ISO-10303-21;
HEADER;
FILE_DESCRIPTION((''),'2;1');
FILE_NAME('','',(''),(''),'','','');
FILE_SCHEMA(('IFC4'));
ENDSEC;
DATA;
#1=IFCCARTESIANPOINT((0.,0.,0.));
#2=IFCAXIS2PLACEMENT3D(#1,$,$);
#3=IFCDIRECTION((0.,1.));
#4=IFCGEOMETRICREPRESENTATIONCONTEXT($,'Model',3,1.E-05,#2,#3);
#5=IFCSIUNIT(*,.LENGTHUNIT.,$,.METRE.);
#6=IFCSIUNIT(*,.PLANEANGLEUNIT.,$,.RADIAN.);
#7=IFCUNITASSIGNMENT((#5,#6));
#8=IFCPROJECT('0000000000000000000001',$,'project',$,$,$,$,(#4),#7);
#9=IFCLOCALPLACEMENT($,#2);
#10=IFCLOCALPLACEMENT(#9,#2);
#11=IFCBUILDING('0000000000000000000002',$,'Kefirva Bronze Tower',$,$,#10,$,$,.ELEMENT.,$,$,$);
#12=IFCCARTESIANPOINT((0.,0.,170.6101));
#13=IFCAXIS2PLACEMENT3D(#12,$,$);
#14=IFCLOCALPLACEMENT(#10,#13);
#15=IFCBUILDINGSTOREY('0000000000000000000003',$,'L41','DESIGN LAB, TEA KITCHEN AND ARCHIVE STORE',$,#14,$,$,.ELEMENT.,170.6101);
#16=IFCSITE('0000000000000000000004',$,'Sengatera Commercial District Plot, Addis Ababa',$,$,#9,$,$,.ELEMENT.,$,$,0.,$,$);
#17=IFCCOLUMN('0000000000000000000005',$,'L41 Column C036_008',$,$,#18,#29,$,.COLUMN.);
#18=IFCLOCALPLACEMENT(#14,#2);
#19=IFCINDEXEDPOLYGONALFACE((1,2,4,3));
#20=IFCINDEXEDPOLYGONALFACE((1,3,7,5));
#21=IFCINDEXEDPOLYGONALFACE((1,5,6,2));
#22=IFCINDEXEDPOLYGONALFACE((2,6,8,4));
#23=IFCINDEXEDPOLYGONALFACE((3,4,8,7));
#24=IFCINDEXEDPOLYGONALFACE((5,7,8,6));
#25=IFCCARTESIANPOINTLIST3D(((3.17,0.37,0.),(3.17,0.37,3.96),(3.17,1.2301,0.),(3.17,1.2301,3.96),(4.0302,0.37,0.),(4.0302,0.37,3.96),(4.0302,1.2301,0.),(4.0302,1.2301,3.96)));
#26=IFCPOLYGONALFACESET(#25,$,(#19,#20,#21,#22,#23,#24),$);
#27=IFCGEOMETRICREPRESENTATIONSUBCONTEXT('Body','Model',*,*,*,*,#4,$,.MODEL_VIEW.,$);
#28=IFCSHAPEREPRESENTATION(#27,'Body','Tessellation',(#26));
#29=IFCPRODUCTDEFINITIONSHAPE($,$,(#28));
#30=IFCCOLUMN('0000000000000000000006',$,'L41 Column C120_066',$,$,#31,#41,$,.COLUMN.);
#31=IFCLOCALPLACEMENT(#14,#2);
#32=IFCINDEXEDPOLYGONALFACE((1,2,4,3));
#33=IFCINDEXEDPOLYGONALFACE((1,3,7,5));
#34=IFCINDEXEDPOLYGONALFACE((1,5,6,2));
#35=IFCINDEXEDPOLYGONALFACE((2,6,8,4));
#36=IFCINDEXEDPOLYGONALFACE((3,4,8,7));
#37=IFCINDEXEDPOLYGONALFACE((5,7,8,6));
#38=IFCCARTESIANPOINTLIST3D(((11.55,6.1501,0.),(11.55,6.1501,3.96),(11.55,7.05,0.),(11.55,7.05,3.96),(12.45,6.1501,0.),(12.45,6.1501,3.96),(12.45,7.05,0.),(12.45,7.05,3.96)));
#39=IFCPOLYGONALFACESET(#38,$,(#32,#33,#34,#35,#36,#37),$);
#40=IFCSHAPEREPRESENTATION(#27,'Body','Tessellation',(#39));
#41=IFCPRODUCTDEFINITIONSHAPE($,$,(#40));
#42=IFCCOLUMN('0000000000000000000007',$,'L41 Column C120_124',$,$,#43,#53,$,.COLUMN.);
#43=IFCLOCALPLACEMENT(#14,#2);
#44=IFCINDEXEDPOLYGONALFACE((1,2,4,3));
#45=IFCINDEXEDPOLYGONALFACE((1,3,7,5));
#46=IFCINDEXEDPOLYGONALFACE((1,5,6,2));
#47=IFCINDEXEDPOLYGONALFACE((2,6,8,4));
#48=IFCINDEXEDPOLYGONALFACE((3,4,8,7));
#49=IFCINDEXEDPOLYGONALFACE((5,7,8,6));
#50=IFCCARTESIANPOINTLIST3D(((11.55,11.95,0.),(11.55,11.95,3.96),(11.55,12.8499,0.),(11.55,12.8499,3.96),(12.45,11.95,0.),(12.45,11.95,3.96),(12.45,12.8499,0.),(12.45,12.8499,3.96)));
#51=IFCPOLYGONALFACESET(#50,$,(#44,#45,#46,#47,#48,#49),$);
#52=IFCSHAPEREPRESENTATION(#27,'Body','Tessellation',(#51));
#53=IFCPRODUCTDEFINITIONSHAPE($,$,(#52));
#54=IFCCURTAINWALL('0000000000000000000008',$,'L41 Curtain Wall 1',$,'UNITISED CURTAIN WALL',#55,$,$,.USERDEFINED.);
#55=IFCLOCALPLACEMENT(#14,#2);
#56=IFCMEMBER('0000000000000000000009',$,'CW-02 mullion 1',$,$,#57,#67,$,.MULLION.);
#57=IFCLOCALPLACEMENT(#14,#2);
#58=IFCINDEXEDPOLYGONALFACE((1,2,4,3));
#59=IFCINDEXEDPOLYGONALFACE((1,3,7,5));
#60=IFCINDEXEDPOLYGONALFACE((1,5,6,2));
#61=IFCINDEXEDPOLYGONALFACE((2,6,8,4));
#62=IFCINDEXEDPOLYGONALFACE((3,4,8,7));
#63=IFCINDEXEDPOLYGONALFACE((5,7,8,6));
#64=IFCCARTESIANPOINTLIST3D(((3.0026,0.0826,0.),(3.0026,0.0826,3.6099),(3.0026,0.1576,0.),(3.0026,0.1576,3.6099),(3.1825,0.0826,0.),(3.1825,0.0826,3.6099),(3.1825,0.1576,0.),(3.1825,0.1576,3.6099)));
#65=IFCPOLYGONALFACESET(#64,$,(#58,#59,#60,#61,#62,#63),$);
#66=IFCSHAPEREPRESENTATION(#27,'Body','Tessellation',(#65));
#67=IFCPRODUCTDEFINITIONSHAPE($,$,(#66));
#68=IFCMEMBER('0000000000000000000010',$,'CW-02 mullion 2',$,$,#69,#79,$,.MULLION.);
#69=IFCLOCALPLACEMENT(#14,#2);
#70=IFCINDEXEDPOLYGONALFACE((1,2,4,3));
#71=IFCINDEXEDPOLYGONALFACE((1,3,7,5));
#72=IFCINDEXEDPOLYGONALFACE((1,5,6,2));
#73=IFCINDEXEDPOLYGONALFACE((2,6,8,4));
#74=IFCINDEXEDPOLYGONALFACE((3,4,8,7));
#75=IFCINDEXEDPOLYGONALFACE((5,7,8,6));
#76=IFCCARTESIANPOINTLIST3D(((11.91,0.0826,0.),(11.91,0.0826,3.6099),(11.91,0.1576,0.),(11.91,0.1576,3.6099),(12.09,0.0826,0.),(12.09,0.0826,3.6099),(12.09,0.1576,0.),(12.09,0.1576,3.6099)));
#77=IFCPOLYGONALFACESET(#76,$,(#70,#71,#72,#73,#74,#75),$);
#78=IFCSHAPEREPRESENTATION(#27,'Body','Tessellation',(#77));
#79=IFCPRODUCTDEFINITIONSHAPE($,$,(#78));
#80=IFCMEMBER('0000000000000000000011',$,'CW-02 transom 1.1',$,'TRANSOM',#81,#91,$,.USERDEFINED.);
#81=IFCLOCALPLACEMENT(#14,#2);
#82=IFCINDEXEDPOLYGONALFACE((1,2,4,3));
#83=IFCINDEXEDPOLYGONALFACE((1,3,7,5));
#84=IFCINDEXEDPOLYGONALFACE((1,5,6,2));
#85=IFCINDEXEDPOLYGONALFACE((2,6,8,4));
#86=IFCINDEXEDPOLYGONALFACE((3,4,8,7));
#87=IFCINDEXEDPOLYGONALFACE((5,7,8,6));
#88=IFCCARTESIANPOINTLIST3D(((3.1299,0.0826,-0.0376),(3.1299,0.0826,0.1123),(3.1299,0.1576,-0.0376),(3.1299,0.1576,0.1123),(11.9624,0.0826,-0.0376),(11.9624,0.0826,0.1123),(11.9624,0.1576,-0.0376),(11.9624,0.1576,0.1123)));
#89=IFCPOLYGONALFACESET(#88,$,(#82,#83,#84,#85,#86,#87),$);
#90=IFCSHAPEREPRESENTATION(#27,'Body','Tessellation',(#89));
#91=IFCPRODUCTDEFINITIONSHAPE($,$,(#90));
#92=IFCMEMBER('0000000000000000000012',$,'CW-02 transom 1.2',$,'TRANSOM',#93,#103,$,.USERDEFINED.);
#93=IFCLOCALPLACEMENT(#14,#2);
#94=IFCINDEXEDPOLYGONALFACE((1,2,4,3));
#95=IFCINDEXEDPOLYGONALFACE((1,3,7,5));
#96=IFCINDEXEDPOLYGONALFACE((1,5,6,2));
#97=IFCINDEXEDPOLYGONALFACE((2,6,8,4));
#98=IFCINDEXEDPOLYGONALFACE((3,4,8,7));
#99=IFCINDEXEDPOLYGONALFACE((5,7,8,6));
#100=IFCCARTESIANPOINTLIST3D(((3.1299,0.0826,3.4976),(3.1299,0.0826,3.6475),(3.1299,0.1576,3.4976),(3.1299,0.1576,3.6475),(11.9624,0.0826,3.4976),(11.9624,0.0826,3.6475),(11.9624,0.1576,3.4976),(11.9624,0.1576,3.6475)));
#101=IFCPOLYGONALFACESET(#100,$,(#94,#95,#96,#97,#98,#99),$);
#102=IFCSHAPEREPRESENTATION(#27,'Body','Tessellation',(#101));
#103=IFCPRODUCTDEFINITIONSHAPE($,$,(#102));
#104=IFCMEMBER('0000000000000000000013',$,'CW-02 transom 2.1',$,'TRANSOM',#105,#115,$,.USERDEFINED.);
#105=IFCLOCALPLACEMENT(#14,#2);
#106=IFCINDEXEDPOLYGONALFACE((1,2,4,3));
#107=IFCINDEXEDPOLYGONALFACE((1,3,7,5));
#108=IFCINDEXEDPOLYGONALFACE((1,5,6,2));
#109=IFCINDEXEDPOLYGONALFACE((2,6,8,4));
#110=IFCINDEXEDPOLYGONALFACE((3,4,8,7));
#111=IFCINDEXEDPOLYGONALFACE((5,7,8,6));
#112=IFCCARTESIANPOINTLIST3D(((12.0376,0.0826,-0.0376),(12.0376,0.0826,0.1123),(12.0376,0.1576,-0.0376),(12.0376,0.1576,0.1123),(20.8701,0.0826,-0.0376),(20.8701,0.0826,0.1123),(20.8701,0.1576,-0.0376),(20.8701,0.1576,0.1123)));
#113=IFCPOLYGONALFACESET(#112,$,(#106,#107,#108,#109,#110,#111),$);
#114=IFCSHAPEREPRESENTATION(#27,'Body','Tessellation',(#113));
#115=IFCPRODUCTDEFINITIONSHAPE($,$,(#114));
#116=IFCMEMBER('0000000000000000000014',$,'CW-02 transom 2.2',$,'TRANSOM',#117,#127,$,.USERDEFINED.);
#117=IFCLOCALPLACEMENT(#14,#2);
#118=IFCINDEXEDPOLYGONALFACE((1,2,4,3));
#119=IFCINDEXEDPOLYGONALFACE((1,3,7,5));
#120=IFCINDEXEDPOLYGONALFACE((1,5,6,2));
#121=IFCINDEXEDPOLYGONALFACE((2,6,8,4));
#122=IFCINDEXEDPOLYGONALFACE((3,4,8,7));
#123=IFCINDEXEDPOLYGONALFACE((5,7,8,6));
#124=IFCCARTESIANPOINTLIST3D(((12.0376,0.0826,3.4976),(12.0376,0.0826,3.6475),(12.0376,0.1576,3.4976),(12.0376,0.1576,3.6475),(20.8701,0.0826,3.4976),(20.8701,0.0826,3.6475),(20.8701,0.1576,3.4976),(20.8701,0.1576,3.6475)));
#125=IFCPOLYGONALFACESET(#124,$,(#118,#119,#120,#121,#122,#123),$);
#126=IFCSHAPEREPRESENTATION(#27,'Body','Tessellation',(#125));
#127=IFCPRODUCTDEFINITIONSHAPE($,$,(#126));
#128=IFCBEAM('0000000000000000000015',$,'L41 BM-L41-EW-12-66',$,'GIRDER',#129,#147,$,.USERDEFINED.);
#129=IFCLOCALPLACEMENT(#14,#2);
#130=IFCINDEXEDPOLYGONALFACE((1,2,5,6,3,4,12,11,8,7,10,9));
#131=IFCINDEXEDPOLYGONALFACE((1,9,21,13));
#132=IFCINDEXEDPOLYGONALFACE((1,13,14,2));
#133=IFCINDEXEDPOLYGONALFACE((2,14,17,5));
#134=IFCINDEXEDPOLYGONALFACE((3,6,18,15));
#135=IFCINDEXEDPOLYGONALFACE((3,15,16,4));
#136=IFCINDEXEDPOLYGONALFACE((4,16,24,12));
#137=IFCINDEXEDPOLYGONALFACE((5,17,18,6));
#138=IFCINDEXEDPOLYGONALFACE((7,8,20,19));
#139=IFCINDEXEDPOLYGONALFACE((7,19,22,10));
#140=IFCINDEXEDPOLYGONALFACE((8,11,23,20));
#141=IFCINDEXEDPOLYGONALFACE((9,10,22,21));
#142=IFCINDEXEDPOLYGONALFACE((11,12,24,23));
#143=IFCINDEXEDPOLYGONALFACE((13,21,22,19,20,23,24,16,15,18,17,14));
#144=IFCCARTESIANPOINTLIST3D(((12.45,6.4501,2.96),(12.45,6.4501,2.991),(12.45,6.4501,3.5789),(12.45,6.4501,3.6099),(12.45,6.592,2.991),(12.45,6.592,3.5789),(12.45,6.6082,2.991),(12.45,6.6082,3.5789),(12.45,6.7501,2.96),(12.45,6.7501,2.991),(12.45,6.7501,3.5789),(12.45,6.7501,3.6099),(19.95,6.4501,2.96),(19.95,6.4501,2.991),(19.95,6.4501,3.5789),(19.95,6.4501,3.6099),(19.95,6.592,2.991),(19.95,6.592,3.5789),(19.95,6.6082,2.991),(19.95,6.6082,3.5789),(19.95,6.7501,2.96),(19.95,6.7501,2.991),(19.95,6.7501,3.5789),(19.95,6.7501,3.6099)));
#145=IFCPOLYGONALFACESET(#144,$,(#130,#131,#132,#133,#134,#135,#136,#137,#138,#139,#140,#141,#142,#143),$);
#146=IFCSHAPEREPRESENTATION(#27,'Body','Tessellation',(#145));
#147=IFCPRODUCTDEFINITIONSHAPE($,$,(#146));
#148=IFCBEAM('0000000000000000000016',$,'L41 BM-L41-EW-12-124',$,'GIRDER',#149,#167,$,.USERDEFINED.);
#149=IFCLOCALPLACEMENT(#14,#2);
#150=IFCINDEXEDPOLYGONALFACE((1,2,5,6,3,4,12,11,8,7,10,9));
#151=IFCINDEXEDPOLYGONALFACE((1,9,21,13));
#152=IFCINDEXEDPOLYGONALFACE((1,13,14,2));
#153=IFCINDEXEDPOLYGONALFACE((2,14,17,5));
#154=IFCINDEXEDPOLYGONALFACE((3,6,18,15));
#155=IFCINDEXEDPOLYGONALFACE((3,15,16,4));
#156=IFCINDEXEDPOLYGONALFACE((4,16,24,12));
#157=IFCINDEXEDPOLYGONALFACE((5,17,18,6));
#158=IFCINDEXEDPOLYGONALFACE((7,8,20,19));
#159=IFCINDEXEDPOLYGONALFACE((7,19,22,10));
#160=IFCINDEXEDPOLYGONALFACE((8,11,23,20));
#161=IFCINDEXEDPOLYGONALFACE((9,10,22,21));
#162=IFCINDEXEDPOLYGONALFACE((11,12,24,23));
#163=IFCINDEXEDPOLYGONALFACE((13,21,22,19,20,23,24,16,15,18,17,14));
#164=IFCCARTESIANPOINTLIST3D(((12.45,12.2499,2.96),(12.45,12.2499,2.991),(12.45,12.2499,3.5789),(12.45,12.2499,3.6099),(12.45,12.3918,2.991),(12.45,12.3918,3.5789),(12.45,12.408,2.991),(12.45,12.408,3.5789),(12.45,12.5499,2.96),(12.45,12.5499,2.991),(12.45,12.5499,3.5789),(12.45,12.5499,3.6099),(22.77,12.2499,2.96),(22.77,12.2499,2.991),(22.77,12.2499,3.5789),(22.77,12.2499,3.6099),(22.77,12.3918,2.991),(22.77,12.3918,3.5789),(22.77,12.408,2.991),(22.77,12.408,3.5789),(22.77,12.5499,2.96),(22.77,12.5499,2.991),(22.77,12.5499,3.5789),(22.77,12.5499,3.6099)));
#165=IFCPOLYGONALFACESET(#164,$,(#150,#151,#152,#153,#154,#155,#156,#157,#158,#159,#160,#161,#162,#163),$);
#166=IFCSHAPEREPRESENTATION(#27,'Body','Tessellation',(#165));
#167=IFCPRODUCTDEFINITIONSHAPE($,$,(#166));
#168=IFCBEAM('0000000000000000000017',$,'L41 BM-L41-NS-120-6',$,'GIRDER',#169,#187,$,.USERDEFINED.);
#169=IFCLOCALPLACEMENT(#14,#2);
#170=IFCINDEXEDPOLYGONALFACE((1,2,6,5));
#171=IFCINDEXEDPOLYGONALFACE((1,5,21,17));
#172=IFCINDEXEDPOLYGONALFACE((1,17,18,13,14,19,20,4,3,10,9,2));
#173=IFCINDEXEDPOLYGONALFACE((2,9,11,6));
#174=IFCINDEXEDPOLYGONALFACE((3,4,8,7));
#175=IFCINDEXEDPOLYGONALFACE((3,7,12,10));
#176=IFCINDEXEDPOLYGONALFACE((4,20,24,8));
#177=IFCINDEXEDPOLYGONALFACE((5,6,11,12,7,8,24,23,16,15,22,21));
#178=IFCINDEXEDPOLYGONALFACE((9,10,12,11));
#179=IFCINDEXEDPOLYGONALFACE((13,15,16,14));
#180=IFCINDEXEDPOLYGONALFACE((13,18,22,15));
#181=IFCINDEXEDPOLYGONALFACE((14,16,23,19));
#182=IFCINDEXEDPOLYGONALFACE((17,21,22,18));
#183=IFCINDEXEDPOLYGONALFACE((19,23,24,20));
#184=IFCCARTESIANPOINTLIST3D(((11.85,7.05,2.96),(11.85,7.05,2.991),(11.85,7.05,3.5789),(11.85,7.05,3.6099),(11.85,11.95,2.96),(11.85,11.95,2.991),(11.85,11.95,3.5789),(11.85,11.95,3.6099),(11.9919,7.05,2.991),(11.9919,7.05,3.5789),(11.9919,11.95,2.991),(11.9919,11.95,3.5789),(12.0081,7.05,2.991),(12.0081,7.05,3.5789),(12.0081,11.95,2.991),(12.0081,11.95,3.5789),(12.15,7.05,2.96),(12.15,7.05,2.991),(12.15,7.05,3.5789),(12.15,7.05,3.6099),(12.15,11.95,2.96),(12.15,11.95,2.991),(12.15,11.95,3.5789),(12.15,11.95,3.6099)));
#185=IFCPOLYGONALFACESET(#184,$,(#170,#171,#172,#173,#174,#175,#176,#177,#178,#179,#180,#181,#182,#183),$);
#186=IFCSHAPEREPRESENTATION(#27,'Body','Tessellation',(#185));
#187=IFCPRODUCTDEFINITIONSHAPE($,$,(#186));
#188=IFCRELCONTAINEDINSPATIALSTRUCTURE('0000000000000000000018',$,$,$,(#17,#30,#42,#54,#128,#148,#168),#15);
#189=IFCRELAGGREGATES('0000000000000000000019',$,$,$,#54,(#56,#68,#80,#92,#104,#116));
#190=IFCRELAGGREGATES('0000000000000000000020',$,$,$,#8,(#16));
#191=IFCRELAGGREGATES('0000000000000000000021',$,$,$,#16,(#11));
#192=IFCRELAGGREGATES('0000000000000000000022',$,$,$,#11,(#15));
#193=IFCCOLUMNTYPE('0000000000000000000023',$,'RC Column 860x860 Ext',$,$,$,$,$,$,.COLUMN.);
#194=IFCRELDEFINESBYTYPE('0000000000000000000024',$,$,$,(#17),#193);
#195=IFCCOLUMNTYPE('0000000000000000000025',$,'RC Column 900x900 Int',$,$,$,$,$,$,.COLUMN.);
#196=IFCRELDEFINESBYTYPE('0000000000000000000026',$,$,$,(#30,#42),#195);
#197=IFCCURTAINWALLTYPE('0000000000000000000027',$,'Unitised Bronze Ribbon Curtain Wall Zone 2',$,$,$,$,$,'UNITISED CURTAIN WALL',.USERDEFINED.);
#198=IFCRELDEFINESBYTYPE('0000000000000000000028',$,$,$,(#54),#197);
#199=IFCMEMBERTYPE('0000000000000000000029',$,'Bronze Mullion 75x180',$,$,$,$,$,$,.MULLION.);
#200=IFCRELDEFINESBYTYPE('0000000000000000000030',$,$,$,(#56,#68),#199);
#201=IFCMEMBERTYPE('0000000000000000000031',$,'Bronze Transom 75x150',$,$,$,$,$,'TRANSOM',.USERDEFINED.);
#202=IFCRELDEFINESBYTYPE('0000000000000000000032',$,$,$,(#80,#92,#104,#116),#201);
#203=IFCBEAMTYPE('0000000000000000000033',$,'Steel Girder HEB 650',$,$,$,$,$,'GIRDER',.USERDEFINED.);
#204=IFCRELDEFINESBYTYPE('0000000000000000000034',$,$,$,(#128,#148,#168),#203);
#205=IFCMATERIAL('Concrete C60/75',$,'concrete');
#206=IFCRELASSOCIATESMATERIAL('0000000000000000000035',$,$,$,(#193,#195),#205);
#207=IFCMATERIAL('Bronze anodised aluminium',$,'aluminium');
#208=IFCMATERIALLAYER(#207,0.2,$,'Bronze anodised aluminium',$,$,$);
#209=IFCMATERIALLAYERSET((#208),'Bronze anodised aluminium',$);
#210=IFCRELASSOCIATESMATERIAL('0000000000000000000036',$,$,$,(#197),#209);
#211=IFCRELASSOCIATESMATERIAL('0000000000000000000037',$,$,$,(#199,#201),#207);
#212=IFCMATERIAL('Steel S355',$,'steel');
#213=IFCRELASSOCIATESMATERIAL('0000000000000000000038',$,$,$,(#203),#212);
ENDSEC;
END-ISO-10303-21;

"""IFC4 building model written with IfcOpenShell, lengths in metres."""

from ifc_helpers import new_model, si_unit, direction, frame, origin, origin_2d, place, context, subcontext, project, spatial, rectangle, i_section, extrude, material, layer, layer_set, material_profile, profile_set, type_object, element, aggregate, save


model = new_model("IFC4")

# Units and contexts
model_context = context("Model", 3, precision=1e-05, world=origin(), true_north=direction((0.0, 1.0)))
body_context = subcontext(model_context, "Body", "Model", "MODEL_VIEW")
ifc_project = project(units=[si_unit("LENGTHUNIT", "METRE"), si_unit("PLANEANGLEUNIT", "RADIAN")], contexts=[model_context])

# Site, building, storey
site_placement = place(None, origin())
site = spatial("IfcSite", under=ifc_project, at=site_placement, Name="Sengatera Commercial District Plot, Addis Ababa", CompositionType="ELEMENT", RefElevation=0.0)
building_placement = place(site_placement, origin())
building = spatial("IfcBuilding", under=site, at=building_placement, Name="Kefirva Bronze Tower", CompositionType="ELEMENT")
storey_placement = place(building_placement, frame((0.0, 0.0, 170.6101)))
storey = spatial("IfcBuildingStorey", under=building, at=storey_placement, Name="L41", Description="DESIGN LAB, TEA KITCHEN AND ARCHIVE STORE", CompositionType="ELEMENT", Elevation=170.6101)

# Columns
ifc_material_1 = material(Name="Concrete C60/75", Category="concrete")
ifc_material_profile_1 = material_profile(ifc_material_1, rectangle(XDim=0.8601, YDim=0.8601, at=origin_2d()), Name="RC 860x860")
ifc_profile_set_1 = profile_set([ifc_material_profile_1], Name="Concrete C60/75")
column_type_1 = type_object("IfcColumnType", Name="RC Column 860x860 Ext", PredefinedType="COLUMN", material=ifc_profile_set_1)
column_placement = place(storey_placement, frame((3.6001, 0.8, 0.0), z_axis=(0.0, 0.0, 1.0), x_axis=(1.0, 0.0, 0.0)))
element("IfcColumn", 1, at=column_placement, inside=storey, type_object=column_type_1, Name="L41 Column C036_008", PredefinedType="COLUMN", context=body_context, shape_type="SweptSolid", body=[
    extrude(rectangle(XDim=0.8601, YDim=0.8601, at=origin_2d()), origin(), (0.0, 0.0, 1.0), 3.96),
])
ifc_material_profile_2 = material_profile(ifc_material_1, rectangle(XDim=0.8999, YDim=0.8999, at=origin_2d()), Name="RC 900x900")
ifc_profile_set_2 = profile_set([ifc_material_profile_2], Name="Concrete C60/75")
column_type_2 = type_object("IfcColumnType", Name="RC Column 900x900 Int", PredefinedType="COLUMN", material=ifc_profile_set_2)
for number, where, z_axis, x_axis, name in (
    (2, (12.0, 6.6001, 0.0), (0.0, 0.0, 1.0), (1.0, 0.0, 0.0), "L41 Column C120_066"),
    (3, (12.0, 12.3999, 0.0), (0.0, 0.0, 1.0), (1.0, 0.0, 0.0), "L41 Column C120_124"),
):
    element("IfcColumn", number, at=place(storey_placement, frame(where, z_axis=z_axis, x_axis=x_axis)), inside=storey, type_object=column_type_2, Name=name, PredefinedType="COLUMN", context=body_context, shape_type="SweptSolid", body=[
        extrude(rectangle(XDim=0.8999, YDim=0.8999, at=origin_2d()), origin(), (0.0, 0.0, 1.0), 3.96),
    ])

# Curtain wall, members
ifc_material_2 = material(Name="Bronze anodised aluminium", Category="aluminium")
ifc_layer_1 = layer(ifc_material_2, 0.2, Name="Bronze anodised aluminium")
ifc_layer_set_1 = layer_set([ifc_layer_1], Name="Bronze anodised aluminium")
curtain_wall_type = type_object("IfcCurtainWallType", Name="Unitised Bronze Ribbon Curtain Wall Zone 2", ElementType="UNITISED CURTAIN WALL", PredefinedType="USERDEFINED", material=ifc_layer_set_1)
curtain_wall_placement = place(storey_placement, origin())
curtain_wall = element("IfcCurtainWall", 4, at=curtain_wall_placement, inside=storey, type_object=curtain_wall_type, Name="L41 Curtain Wall 1", ObjectType="UNITISED CURTAIN WALL", PredefinedType="USERDEFINED")
ifc_material_profile_3 = material_profile(ifc_material_2, rectangle(XDim=0.075, YDim=0.1799, at=origin_2d()), Name="ALU 75x180")
ifc_profile_set_3 = profile_set([ifc_material_profile_3], Name="Bronze anodised aluminium")
member_type_1 = type_object("IfcMemberType", Name="Bronze Mullion 75x180", PredefinedType="MULLION", material=ifc_profile_set_3)
member_1_placement = place(storey_placement, frame((3.0925, 0.1201, 0.0), z_axis=(0.0, 0.0, 1.0), x_axis=(0.0, 1.0, 0.0)))
member_1 = element("IfcMember", 5, at=member_1_placement, type_object=member_type_1, Name="CW-02 mullion 1", PredefinedType="MULLION", context=body_context, shape_type="SweptSolid", body=[
    extrude(rectangle(XDim=0.075, YDim=0.1799, at=origin_2d()), origin(), (0.0, 0.0, 1.0), 3.6099),
])
member_2_placement = place(storey_placement, frame((12.0, 0.1201, 0.0), z_axis=(0.0, 0.0, 1.0), x_axis=(0.0, 1.0, 0.0)))
member_2 = element("IfcMember", 6, at=member_2_placement, type_object=member_type_1, Name="CW-02 mullion 2", PredefinedType="MULLION", context=body_context, shape_type="SweptSolid", body=[
    extrude(rectangle(XDim=0.075, YDim=0.1799, at=origin_2d()), origin(), (0.0, 0.0, 1.0), 3.6099),
])
ifc_material_profile_4 = material_profile(ifc_material_2, rectangle(XDim=0.075, YDim=0.1499, at=origin_2d()), Name="ALU 75x150")
ifc_profile_set_4 = profile_set([ifc_material_profile_4], Name="Bronze anodised aluminium")
member_type_2 = type_object("IfcMemberType", Name="Bronze Transom 75x150", ElementType="TRANSOM", PredefinedType="USERDEFINED", material=ifc_profile_set_4)
member_3_placement = place(storey_placement, frame((3.1299, 0.1201, 0.0374), z_axis=(1.0, 0.0, 0.0), x_axis=(0.0, 1.0, 0.0)))
member_3 = element("IfcMember", 7, at=member_3_placement, type_object=member_type_2, Name="CW-02 transom 1.1", ObjectType="TRANSOM", PredefinedType="USERDEFINED", context=body_context, shape_type="SweptSolid", body=[
    extrude(rectangle(XDim=0.075, YDim=0.1499, at=origin_2d()), origin(), (0.0, 0.0, 1.0), 8.8325),
])
member_4_placement = place(storey_placement, frame((3.1299, 0.1201, 3.5725), z_axis=(1.0, 0.0, 0.0), x_axis=(0.0, 1.0, 0.0)))
member_4 = element("IfcMember", 8, at=member_4_placement, type_object=member_type_2, Name="CW-02 transom 1.2", ObjectType="TRANSOM", PredefinedType="USERDEFINED", context=body_context, shape_type="SweptSolid", body=[
    extrude(rectangle(XDim=0.075, YDim=0.1499, at=origin_2d()), origin(), (0.0, 0.0, 1.0), 8.8325),
])
member_5_placement = place(storey_placement, frame((12.0376, 0.1201, 0.0374), z_axis=(1.0, 0.0, 0.0), x_axis=(0.0, 1.0, 0.0)))
member_5 = element("IfcMember", 9, at=member_5_placement, type_object=member_type_2, Name="CW-02 transom 2.1", ObjectType="TRANSOM", PredefinedType="USERDEFINED", context=body_context, shape_type="SweptSolid", body=[
    extrude(rectangle(XDim=0.075, YDim=0.1499, at=origin_2d()), origin(), (0.0, 0.0, 1.0), 8.8325),
])
member_6_placement = place(storey_placement, frame((12.0376, 0.1201, 3.5725), z_axis=(1.0, 0.0, 0.0), x_axis=(0.0, 1.0, 0.0)))
member_6 = element("IfcMember", 10, at=member_6_placement, type_object=member_type_2, Name="CW-02 transom 2.2", ObjectType="TRANSOM", PredefinedType="USERDEFINED", context=body_context, shape_type="SweptSolid", body=[
    extrude(rectangle(XDim=0.075, YDim=0.1499, at=origin_2d()), origin(), (0.0, 0.0, 1.0), 8.8325),
])

# Beams
ifc_material_3 = material(Name="Steel S355", Category="steel")
ifc_material_profile_5 = material_profile(ifc_material_3, i_section(OverallWidth=0.3, OverallDepth=0.6499, WebThickness=0.0161, FlangeThickness=0.031, at=origin_2d()), Name="HEB 650")
ifc_profile_set_5 = profile_set([ifc_material_profile_5], Name="Steel S355")
beam_type_1 = type_object("IfcBeamType", Name="Steel Girder HEB 650", ElementType="GIRDER", PredefinedType="USERDEFINED", material=ifc_profile_set_5)
beam_1_placement = place(storey_placement, frame((12.45, 6.6001, 3.2849), z_axis=(1.0, 0.0, 0.0), x_axis=(0.0, 1.0, 0.0)))
element("IfcBeam", 11, at=beam_1_placement, inside=storey, type_object=beam_type_1, Name="L41 BM-L41-EW-12-66", ObjectType="GIRDER", PredefinedType="USERDEFINED", context=body_context, shape_type="SweptSolid", body=[
    extrude(i_section(OverallWidth=0.3, OverallDepth=0.6499, WebThickness=0.0161, FlangeThickness=0.031, at=origin_2d()), origin(), (0.0, 0.0, 1.0), 7.5),
])
beam_2_placement = place(storey_placement, frame((12.45, 12.3999, 3.2849), z_axis=(1.0, 0.0, 0.0), x_axis=(0.0, 1.0, 0.0)))
element("IfcBeam", 12, at=beam_2_placement, inside=storey, type_object=beam_type_1, Name="L41 BM-L41-EW-12-124", ObjectType="GIRDER", PredefinedType="USERDEFINED", context=body_context, shape_type="SweptSolid", body=[
    extrude(i_section(OverallWidth=0.3, OverallDepth=0.6499, WebThickness=0.0161, FlangeThickness=0.031, at=origin_2d()), origin(), (0.0, 0.0, 1.0), 10.3201),
])
beam_3_placement = place(storey_placement, frame((12.0, 7.05, 3.2849), z_axis=(0.0, 1.0, 0.0), x_axis=(-1.0, 0.0, 0.0)))
element("IfcBeam", 13, at=beam_3_placement, inside=storey, type_object=beam_type_1, Name="L41 BM-L41-NS-120-6", ObjectType="GIRDER", PredefinedType="USERDEFINED", context=body_context, shape_type="SweptSolid", body=[
    extrude(i_section(OverallWidth=0.3, OverallDepth=0.6499, WebThickness=0.0161, FlangeThickness=0.031, at=origin_2d()), origin(), (0.0, 0.0, 1.0), 4.8999),
])

aggregate(curtain_wall, [member_1, member_2, member_3, member_4, member_5, member_6])

save(model, "model.ifc")
